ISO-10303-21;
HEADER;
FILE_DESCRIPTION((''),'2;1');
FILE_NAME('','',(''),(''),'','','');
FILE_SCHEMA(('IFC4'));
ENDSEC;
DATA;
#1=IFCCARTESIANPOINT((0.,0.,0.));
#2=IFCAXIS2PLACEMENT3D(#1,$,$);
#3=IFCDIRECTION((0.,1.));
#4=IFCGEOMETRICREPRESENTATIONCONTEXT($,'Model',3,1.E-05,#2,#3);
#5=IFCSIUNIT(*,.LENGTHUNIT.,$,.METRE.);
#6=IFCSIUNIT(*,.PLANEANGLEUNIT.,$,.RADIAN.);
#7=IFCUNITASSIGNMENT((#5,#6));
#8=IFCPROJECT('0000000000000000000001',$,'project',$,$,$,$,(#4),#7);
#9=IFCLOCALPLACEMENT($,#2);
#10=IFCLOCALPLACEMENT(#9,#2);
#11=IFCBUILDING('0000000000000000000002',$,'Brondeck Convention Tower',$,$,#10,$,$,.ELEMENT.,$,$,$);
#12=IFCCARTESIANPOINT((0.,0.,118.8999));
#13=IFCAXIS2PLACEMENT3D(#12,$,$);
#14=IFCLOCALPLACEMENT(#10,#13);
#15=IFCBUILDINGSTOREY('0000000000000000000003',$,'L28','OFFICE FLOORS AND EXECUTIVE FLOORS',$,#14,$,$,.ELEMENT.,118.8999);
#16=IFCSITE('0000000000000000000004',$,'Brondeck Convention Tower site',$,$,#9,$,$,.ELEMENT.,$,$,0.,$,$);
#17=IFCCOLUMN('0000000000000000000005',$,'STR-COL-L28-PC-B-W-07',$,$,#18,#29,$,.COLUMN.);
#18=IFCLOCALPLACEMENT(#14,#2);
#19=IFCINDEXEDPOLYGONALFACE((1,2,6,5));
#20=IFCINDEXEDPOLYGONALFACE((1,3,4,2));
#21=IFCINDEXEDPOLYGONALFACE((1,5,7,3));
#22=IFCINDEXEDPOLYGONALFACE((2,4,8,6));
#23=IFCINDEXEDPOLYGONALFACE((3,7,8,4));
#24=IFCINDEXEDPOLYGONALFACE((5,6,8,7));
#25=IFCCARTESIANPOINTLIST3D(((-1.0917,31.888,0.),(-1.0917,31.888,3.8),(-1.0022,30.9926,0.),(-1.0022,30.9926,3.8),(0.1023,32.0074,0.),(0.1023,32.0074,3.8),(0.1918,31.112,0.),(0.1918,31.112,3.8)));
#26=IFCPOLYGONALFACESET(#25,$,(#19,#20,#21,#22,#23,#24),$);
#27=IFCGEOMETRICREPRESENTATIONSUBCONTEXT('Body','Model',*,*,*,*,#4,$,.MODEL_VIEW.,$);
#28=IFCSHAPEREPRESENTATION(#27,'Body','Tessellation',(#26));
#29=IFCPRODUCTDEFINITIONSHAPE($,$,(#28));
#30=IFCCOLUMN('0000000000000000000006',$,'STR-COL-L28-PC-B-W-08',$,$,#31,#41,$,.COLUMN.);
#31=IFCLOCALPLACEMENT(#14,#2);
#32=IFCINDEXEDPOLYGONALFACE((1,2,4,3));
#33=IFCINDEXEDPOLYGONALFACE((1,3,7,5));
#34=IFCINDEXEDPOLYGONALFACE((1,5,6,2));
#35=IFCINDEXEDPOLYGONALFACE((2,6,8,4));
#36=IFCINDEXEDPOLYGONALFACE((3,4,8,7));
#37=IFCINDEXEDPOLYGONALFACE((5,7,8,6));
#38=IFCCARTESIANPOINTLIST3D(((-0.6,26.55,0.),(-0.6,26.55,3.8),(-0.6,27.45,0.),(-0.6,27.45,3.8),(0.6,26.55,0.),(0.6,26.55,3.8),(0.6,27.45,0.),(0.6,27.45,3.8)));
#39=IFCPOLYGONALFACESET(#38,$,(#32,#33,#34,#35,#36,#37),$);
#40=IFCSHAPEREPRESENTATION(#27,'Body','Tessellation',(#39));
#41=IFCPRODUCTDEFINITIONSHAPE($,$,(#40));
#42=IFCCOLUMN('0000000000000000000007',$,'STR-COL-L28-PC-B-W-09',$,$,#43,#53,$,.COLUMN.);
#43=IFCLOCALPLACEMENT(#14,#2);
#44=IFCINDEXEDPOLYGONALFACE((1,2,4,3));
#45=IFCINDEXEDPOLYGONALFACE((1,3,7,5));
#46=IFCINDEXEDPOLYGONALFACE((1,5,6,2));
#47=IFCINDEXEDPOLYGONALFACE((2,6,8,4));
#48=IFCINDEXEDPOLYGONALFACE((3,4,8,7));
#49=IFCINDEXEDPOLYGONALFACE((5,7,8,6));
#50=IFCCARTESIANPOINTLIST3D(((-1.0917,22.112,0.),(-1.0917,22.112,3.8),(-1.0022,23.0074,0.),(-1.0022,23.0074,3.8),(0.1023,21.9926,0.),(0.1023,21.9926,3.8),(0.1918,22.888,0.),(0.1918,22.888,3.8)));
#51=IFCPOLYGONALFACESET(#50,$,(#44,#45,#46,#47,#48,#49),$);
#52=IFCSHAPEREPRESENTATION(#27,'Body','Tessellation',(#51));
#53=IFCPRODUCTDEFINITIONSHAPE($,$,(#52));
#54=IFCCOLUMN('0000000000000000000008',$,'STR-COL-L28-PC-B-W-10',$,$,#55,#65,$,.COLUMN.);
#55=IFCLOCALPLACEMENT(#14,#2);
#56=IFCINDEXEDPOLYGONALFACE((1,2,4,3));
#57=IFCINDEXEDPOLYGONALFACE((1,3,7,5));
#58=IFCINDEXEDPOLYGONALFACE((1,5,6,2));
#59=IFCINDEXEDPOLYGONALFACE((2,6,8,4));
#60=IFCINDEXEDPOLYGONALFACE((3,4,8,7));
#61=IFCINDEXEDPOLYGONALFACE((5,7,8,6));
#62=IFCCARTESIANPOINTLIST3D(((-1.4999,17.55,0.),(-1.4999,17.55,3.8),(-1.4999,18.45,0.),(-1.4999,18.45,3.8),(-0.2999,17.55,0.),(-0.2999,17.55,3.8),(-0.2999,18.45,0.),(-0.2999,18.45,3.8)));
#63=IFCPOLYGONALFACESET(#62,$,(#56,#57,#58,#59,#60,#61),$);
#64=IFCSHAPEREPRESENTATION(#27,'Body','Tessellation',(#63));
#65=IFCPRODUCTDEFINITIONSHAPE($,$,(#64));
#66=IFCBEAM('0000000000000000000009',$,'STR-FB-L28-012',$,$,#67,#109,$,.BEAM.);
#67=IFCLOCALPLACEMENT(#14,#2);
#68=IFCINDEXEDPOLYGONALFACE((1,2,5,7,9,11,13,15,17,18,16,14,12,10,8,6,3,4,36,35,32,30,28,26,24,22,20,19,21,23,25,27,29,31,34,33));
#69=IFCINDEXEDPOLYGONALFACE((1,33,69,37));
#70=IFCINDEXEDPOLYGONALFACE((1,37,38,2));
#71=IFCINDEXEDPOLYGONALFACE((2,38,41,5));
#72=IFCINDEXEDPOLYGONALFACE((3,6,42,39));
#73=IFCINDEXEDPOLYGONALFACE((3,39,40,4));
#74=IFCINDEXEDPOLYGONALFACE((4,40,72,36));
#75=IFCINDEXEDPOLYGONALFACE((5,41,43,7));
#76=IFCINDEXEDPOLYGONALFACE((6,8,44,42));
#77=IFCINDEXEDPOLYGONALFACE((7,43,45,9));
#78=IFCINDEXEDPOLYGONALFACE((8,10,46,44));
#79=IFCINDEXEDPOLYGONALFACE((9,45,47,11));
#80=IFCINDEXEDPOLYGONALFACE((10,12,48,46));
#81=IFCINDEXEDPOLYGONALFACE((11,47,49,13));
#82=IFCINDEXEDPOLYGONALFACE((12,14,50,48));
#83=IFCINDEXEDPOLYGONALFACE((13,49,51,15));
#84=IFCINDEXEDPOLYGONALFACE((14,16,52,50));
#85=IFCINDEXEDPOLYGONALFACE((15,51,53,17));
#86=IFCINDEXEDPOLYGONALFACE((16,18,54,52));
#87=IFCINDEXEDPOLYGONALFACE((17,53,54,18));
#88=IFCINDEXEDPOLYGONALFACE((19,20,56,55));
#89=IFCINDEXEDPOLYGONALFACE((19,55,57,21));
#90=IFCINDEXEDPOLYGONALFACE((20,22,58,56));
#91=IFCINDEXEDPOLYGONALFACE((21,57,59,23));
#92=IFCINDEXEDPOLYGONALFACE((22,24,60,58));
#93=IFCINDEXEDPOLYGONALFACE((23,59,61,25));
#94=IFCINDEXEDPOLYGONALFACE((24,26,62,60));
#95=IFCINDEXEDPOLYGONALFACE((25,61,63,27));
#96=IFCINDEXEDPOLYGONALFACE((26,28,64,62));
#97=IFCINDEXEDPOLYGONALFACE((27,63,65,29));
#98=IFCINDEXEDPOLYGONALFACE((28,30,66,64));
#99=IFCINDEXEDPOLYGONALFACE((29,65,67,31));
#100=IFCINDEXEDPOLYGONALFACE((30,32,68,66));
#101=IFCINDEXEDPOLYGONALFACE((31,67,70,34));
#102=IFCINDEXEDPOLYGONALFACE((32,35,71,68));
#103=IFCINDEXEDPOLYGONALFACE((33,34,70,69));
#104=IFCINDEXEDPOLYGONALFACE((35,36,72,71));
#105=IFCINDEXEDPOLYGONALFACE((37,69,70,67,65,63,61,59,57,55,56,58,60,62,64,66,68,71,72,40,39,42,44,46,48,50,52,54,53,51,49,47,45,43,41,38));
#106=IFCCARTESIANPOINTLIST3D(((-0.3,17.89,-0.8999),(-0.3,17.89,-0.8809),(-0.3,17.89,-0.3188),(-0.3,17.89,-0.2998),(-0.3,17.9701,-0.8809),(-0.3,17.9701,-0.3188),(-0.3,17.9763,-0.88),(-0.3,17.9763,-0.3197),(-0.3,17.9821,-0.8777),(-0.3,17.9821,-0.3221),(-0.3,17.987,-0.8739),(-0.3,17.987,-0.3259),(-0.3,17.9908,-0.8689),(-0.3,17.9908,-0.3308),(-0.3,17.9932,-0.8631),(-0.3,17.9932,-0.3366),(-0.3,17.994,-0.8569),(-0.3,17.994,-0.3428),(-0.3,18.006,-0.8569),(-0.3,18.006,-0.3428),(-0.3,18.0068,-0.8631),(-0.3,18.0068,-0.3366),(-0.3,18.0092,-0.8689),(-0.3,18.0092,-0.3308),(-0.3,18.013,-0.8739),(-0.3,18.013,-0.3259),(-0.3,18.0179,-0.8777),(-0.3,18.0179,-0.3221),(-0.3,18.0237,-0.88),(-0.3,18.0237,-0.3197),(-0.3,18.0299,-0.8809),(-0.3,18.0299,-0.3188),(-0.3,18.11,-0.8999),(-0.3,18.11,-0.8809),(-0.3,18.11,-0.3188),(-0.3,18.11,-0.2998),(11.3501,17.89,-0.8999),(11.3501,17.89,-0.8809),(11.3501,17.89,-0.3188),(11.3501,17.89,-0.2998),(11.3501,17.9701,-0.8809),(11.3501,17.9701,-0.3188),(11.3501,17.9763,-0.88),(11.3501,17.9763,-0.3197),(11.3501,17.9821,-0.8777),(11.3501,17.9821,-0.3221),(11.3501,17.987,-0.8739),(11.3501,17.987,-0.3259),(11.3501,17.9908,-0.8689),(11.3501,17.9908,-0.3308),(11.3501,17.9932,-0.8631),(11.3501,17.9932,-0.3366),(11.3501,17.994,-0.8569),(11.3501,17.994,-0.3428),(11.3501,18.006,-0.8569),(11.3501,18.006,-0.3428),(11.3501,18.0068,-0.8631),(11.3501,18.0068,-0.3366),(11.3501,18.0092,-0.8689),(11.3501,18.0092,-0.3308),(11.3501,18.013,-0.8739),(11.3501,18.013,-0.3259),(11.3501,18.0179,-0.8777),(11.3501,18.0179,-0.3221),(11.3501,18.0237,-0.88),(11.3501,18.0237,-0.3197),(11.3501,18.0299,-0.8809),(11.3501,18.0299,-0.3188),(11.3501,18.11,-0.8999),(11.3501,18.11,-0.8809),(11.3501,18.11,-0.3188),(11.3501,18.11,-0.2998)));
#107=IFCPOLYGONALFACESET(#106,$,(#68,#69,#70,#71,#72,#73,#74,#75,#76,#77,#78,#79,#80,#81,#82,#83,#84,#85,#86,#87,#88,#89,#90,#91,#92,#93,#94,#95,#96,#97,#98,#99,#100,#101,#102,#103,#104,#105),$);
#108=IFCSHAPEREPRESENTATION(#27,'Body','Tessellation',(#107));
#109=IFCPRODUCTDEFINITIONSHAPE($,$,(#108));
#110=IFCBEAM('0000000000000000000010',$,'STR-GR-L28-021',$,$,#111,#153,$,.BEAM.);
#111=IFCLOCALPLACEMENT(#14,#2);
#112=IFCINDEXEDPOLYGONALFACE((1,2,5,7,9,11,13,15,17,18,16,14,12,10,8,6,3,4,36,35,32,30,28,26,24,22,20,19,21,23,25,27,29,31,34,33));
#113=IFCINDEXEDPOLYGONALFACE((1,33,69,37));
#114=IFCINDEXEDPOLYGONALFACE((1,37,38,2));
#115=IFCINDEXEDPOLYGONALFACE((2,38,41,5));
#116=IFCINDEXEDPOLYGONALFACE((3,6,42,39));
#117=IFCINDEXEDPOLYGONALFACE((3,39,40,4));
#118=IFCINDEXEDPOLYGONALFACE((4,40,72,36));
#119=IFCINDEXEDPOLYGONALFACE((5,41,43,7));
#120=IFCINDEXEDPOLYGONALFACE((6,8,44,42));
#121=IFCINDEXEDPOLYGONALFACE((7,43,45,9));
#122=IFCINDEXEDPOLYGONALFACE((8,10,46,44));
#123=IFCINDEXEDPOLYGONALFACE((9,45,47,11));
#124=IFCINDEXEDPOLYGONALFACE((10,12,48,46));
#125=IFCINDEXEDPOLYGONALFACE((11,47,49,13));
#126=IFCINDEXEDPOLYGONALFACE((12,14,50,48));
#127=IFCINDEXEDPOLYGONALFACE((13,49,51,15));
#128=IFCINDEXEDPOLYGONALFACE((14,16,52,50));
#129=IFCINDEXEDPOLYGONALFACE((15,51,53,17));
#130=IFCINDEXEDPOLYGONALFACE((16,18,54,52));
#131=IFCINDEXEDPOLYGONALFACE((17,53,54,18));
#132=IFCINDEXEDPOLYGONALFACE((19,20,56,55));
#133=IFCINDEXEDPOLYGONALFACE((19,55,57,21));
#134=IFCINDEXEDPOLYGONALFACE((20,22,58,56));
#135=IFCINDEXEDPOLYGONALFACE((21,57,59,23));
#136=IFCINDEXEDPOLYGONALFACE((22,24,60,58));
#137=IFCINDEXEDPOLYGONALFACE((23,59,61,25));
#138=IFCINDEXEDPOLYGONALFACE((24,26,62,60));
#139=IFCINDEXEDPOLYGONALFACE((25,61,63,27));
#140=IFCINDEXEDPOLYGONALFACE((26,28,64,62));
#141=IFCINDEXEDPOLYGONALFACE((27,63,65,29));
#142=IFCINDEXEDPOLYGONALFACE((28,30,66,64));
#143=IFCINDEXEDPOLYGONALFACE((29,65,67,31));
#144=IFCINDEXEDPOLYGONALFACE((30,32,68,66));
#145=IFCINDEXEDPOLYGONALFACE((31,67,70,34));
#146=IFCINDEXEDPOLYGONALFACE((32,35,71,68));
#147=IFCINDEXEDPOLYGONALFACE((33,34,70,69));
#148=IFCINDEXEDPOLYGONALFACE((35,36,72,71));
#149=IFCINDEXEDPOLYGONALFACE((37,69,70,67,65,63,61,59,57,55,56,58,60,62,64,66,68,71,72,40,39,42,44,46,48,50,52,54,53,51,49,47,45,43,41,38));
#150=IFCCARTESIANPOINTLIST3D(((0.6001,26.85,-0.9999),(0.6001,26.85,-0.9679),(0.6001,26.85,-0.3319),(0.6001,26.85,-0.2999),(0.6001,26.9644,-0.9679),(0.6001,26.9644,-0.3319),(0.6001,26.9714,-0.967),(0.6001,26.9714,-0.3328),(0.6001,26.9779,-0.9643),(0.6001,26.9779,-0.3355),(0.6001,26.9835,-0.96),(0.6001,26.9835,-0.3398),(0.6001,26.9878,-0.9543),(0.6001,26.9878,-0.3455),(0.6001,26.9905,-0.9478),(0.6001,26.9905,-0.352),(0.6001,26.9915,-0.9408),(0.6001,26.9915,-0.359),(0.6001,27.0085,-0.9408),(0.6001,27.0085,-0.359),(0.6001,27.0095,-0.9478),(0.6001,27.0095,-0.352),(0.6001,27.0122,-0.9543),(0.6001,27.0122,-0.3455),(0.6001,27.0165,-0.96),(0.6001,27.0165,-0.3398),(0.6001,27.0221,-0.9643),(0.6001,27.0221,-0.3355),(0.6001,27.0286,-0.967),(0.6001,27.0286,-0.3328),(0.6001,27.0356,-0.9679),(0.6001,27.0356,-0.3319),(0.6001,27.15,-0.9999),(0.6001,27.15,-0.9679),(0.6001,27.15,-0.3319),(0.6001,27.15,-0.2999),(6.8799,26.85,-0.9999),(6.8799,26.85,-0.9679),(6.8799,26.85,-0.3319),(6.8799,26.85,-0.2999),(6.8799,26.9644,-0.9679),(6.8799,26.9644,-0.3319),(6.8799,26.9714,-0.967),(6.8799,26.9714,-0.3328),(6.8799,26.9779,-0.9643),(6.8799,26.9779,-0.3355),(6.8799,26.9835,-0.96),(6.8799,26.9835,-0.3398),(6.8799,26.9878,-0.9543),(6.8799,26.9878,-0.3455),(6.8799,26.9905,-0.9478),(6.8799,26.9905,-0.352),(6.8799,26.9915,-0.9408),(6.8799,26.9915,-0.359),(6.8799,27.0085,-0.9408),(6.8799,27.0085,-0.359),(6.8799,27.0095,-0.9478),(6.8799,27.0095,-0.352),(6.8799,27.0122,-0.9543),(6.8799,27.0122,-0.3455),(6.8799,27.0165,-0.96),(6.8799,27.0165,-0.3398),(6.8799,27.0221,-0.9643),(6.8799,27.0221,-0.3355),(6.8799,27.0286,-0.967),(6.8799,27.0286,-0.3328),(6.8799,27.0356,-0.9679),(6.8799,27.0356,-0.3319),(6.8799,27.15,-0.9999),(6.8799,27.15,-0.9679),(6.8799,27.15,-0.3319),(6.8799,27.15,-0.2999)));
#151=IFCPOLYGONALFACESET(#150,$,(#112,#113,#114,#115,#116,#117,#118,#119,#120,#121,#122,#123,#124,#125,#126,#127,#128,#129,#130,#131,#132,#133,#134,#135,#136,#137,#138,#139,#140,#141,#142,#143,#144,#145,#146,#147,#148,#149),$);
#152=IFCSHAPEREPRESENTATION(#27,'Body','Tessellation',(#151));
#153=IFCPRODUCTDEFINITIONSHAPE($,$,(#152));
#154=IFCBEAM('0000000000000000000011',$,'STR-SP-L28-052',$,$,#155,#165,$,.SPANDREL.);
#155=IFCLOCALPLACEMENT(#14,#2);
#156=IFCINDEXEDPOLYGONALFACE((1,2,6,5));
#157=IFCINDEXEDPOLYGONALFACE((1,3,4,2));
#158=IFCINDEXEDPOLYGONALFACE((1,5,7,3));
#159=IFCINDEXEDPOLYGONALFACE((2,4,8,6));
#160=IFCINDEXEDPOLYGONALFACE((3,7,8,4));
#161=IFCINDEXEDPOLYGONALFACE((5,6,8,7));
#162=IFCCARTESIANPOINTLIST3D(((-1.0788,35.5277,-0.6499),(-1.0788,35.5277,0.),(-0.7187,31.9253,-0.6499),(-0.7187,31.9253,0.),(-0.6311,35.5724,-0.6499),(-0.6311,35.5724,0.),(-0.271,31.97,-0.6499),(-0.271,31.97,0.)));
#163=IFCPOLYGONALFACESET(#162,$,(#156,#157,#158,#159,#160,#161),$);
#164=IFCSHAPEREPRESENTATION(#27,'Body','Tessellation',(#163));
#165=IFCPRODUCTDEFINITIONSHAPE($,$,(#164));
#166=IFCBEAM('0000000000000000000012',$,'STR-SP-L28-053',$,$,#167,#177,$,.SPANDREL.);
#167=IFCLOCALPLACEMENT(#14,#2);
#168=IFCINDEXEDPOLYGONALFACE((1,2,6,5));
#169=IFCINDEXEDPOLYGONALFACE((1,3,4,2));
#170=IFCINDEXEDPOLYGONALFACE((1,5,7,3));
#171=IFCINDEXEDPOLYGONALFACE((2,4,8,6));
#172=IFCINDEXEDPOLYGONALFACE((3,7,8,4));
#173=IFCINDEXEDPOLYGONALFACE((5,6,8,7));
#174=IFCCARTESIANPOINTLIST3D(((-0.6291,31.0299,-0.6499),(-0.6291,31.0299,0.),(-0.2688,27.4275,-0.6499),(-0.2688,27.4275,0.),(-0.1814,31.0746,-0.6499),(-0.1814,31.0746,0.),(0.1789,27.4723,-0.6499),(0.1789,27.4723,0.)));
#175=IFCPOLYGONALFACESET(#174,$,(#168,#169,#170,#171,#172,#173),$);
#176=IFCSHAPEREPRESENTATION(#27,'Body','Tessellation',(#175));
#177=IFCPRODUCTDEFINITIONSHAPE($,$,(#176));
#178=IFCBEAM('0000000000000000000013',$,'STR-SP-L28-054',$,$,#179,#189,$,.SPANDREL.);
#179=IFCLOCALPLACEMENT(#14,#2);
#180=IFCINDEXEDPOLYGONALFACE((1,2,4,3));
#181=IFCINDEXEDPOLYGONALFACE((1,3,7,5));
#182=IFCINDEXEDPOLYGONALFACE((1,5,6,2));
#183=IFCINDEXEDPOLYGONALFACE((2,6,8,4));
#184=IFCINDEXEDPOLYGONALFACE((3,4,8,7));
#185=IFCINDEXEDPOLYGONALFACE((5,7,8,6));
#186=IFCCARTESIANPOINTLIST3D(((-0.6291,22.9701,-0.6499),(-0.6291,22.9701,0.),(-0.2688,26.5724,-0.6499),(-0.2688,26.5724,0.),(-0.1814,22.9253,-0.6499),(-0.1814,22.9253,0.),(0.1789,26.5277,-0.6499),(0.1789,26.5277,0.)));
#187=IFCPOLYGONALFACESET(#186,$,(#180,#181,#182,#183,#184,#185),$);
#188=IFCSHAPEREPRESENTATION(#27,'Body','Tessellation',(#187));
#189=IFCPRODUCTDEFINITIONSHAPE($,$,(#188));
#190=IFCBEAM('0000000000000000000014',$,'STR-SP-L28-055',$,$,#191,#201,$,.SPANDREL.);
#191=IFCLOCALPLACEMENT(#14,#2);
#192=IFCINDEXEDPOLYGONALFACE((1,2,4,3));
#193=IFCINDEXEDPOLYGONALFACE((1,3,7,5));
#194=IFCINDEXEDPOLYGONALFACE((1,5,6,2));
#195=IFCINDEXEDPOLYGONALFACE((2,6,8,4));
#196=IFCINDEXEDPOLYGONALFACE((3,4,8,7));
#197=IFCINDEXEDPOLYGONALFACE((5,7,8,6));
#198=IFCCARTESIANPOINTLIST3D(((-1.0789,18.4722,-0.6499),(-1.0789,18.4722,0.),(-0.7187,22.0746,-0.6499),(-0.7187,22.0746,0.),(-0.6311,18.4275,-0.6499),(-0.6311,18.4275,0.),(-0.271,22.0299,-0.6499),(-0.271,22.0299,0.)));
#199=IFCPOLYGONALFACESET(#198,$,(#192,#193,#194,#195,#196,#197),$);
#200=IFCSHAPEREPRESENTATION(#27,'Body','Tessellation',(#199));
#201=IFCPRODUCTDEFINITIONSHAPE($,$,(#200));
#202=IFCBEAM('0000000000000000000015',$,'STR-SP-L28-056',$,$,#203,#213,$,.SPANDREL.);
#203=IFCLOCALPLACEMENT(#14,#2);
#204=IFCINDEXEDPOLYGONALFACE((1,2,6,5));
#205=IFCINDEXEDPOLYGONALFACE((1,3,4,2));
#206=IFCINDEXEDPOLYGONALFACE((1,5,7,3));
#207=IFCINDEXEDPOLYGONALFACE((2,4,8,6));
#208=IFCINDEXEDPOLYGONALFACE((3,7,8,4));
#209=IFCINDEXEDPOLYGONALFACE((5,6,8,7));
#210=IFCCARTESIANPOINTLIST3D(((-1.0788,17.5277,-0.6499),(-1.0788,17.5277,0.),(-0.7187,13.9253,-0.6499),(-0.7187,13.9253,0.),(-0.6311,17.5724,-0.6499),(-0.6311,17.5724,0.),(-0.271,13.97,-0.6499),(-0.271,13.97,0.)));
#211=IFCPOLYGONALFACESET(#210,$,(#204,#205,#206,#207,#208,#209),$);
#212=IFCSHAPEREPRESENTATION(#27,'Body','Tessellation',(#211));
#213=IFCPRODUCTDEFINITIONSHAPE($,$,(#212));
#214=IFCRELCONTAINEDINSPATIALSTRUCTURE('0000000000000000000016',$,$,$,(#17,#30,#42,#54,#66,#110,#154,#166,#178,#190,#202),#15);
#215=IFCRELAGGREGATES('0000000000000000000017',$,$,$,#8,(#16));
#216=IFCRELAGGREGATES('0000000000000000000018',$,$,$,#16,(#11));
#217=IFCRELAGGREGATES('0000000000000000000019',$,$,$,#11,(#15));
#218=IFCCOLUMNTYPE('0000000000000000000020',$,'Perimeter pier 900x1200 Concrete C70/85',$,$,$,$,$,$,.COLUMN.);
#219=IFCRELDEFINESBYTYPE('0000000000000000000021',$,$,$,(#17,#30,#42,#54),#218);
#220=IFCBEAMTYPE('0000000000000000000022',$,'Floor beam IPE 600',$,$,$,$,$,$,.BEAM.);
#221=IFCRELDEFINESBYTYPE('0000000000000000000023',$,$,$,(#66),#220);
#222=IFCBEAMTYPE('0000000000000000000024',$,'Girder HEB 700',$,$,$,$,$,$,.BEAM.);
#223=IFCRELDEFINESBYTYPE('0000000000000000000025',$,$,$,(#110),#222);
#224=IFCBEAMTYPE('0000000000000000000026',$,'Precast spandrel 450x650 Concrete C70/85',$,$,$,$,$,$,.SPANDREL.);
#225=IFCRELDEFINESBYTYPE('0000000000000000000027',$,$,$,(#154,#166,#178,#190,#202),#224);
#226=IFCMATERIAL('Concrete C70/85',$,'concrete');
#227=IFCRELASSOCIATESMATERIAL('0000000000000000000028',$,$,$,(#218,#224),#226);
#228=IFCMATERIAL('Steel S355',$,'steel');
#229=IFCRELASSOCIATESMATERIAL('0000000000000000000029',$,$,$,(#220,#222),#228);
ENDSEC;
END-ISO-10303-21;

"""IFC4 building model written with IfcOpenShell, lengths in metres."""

from ifc_helpers import new_model, si_unit, direction, frame, origin, origin_2d, place, context, subcontext, project, spatial, rectangle, i_section, extrude, material, material_profile, profile_set, type_object, element, save


model = new_model("IFC4")

# Units and contexts
model_context = context("Model", 3, precision=1e-05, world=origin(), true_north=direction((0.0, 1.0)))
body_context = subcontext(model_context, "Body", "Model", "MODEL_VIEW")
ifc_project = project(units=[si_unit("LENGTHUNIT", "METRE"), si_unit("PLANEANGLEUNIT", "RADIAN")], contexts=[model_context])

# Site, building, storey
site_placement = place(None, origin())
site = spatial("IfcSite", under=ifc_project, at=site_placement, Name="Brondeck Convention Tower site", CompositionType="ELEMENT", RefElevation=0.0)
building_placement = place(site_placement, origin())
building = spatial("IfcBuilding", under=site, at=building_placement, Name="Brondeck Convention Tower", CompositionType="ELEMENT")
storey_placement = place(building_placement, frame((0.0, 0.0, 118.8999)))
storey = spatial("IfcBuildingStorey", under=building, at=storey_placement, Name="L28", Description="OFFICE FLOORS AND EXECUTIVE FLOORS", CompositionType="ELEMENT", Elevation=118.8999)

# Columns
ifc_material_1 = material(Name="Concrete C70/85", Category="concrete")
ifc_material_profile_1 = material_profile(ifc_material_1, rectangle(XDim=0.8999, YDim=1.2, at=origin_2d()), Name="Perimeter pier 900x1200 Concrete C70/85")
ifc_profile_set_1 = profile_set([ifc_material_profile_1], Name="Concrete C70/85")
column_type = type_object("IfcColumnType", Name="Perimeter pier 900x1200 Concrete C70/85", PredefinedType="COLUMN", material=ifc_profile_set_1)
for number, where, z_axis, x_axis, name in (
    (1, (-0.45, 31.5, 0.0), (0.0, 0.0, 1.0), (0.099504, -0.995037, 0.0), "STR-COL-L28-PC-B-W-07"),
    (2, (0.0, 27.0, 0.0), (0.0, 0.0, 1.0), (0.0, -1.0, 0.0), "STR-COL-L28-PC-B-W-08"),
    (3, (-0.45, 22.5, 0.0), (0.0, 0.0, 1.0), (-0.099504, -0.995037, 0.0), "STR-COL-L28-PC-B-W-09"),
    (4, (-0.8999, 18.0, 0.0), (0.0, 0.0, 1.0), (0.0, -1.0, 0.0), "STR-COL-L28-PC-B-W-10"),
):
    element("IfcColumn", number, at=place(storey_placement, frame(where, z_axis=z_axis, x_axis=x_axis)), inside=storey, type_object=column_type, Name=name, PredefinedType="COLUMN", context=body_context, shape_type="SweptSolid", body=[
        extrude(rectangle(XDim=0.8999, YDim=1.2, at=origin_2d()), origin(), (0.0, 0.0, 1.0), 3.8),
    ])

# Beams
ifc_material_2 = material(Name="Steel S355", Category="steel")
ifc_material_profile_2 = material_profile(ifc_material_2, i_section(OverallWidth=0.22, OverallDepth=0.6001, WebThickness=0.012, FlangeThickness=0.019, FilletRadius=0.0239, at=origin_2d()), Name="IPE 600")
ifc_profile_set_2 = profile_set([ifc_material_profile_2], Name="Steel S355")
beam_type_1 = type_object("IfcBeamType", Name="Floor beam IPE 600", PredefinedType="BEAM", material=ifc_profile_set_2)
beam_1_placement = place(storey_placement, frame((-0.3, 18.0, -0.5999), z_axis=(1.0, 0.0, 0.0), x_axis=(0.0, 1.0, 0.0)))
element("IfcBeam", 5, at=beam_1_placement, inside=storey, type_object=beam_type_1, Name="STR-FB-L28-012", PredefinedType="BEAM", context=body_context, shape_type="SweptSolid", body=[
    extrude(i_section(OverallWidth=0.22, OverallDepth=0.6001, WebThickness=0.012, FlangeThickness=0.019, FilletRadius=0.0239, at=origin_2d()), origin(), (0.0, 0.0, 1.0), 11.6501),
])
ifc_material_profile_3 = material_profile(ifc_material_2, i_section(OverallWidth=0.3, OverallDepth=0.7, WebThickness=0.0171, FlangeThickness=0.032, FilletRadius=0.0271, at=origin_2d()), Name="HEB 700")
ifc_profile_set_3 = profile_set([ifc_material_profile_3], Name="Steel S355")
beam_type_2 = type_object("IfcBeamType", Name="Girder HEB 700", PredefinedType="BEAM", material=ifc_profile_set_3)
beam_2_placement = place(storey_placement, frame((0.6001, 27.0, -0.6499), z_axis=(1.0, 0.0, 0.0), x_axis=(0.0, 1.0, 0.0)))
element("IfcBeam", 6, at=beam_2_placement, inside=storey, type_object=beam_type_2, Name="STR-GR-L28-021", PredefinedType="BEAM", context=body_context, shape_type="SweptSolid", body=[
    extrude(i_section(OverallWidth=0.3, OverallDepth=0.7, WebThickness=0.0171, FlangeThickness=0.032, FilletRadius=0.0271, at=origin_2d()), origin(), (0.0, 0.0, 1.0), 6.2798),
])
ifc_material_profile_4 = material_profile(ifc_material_1, rectangle(XDim=0.45, YDim=0.6499, at=origin_2d()), Name="Precast spandrel 450x650 Concrete C70/85")
ifc_profile_set_4 = profile_set([ifc_material_profile_4], Name="Concrete C70/85")
beam_type_3 = type_object("IfcBeamType", Name="Precast spandrel 450x650 Concrete C70/85", PredefinedType="SPANDREL", material=ifc_profile_set_4)
for number, where, z_axis, x_axis, name in (
    (7, (-0.855, 35.55, -0.325), (0.09947, -0.995041, 0.0), (0.995041, 0.09947, 0.0), "STR-SP-L28-052"),
    (8, (-0.4053, 31.0522, -0.325), (0.099537, -0.995034, 0.0), (0.995034, 0.099537, 0.0), "STR-SP-L28-053"),
    (9, (-0.0449, 26.55, -0.325), (-0.099537, -0.995034, 0.0), (0.995034, -0.099537, 0.0), "STR-SP-L28-054"),
    (10, (-0.4949, 22.0522, -0.325), (-0.09947, -0.995041, 0.0), (0.995041, -0.09947, 0.0), "STR-SP-L28-055"),
    (11, (-0.855, 17.55, -0.325), (0.09947, -0.995041, 0.0), (0.995041, 0.09947, 0.0), "STR-SP-L28-056"),
):
    element("IfcBeam", number, at=place(storey_placement, frame(where, z_axis=z_axis, x_axis=x_axis)), inside=storey, type_object=beam_type_3, Name=name, PredefinedType="SPANDREL", context=body_context, shape_type="SweptSolid", body=[
        extrude(rectangle(XDim=0.45, YDim=0.6499, at=origin_2d()), origin(), (0.0, 0.0, 1.0), 3.6204),
    ])

save(model, "model.ifc")
